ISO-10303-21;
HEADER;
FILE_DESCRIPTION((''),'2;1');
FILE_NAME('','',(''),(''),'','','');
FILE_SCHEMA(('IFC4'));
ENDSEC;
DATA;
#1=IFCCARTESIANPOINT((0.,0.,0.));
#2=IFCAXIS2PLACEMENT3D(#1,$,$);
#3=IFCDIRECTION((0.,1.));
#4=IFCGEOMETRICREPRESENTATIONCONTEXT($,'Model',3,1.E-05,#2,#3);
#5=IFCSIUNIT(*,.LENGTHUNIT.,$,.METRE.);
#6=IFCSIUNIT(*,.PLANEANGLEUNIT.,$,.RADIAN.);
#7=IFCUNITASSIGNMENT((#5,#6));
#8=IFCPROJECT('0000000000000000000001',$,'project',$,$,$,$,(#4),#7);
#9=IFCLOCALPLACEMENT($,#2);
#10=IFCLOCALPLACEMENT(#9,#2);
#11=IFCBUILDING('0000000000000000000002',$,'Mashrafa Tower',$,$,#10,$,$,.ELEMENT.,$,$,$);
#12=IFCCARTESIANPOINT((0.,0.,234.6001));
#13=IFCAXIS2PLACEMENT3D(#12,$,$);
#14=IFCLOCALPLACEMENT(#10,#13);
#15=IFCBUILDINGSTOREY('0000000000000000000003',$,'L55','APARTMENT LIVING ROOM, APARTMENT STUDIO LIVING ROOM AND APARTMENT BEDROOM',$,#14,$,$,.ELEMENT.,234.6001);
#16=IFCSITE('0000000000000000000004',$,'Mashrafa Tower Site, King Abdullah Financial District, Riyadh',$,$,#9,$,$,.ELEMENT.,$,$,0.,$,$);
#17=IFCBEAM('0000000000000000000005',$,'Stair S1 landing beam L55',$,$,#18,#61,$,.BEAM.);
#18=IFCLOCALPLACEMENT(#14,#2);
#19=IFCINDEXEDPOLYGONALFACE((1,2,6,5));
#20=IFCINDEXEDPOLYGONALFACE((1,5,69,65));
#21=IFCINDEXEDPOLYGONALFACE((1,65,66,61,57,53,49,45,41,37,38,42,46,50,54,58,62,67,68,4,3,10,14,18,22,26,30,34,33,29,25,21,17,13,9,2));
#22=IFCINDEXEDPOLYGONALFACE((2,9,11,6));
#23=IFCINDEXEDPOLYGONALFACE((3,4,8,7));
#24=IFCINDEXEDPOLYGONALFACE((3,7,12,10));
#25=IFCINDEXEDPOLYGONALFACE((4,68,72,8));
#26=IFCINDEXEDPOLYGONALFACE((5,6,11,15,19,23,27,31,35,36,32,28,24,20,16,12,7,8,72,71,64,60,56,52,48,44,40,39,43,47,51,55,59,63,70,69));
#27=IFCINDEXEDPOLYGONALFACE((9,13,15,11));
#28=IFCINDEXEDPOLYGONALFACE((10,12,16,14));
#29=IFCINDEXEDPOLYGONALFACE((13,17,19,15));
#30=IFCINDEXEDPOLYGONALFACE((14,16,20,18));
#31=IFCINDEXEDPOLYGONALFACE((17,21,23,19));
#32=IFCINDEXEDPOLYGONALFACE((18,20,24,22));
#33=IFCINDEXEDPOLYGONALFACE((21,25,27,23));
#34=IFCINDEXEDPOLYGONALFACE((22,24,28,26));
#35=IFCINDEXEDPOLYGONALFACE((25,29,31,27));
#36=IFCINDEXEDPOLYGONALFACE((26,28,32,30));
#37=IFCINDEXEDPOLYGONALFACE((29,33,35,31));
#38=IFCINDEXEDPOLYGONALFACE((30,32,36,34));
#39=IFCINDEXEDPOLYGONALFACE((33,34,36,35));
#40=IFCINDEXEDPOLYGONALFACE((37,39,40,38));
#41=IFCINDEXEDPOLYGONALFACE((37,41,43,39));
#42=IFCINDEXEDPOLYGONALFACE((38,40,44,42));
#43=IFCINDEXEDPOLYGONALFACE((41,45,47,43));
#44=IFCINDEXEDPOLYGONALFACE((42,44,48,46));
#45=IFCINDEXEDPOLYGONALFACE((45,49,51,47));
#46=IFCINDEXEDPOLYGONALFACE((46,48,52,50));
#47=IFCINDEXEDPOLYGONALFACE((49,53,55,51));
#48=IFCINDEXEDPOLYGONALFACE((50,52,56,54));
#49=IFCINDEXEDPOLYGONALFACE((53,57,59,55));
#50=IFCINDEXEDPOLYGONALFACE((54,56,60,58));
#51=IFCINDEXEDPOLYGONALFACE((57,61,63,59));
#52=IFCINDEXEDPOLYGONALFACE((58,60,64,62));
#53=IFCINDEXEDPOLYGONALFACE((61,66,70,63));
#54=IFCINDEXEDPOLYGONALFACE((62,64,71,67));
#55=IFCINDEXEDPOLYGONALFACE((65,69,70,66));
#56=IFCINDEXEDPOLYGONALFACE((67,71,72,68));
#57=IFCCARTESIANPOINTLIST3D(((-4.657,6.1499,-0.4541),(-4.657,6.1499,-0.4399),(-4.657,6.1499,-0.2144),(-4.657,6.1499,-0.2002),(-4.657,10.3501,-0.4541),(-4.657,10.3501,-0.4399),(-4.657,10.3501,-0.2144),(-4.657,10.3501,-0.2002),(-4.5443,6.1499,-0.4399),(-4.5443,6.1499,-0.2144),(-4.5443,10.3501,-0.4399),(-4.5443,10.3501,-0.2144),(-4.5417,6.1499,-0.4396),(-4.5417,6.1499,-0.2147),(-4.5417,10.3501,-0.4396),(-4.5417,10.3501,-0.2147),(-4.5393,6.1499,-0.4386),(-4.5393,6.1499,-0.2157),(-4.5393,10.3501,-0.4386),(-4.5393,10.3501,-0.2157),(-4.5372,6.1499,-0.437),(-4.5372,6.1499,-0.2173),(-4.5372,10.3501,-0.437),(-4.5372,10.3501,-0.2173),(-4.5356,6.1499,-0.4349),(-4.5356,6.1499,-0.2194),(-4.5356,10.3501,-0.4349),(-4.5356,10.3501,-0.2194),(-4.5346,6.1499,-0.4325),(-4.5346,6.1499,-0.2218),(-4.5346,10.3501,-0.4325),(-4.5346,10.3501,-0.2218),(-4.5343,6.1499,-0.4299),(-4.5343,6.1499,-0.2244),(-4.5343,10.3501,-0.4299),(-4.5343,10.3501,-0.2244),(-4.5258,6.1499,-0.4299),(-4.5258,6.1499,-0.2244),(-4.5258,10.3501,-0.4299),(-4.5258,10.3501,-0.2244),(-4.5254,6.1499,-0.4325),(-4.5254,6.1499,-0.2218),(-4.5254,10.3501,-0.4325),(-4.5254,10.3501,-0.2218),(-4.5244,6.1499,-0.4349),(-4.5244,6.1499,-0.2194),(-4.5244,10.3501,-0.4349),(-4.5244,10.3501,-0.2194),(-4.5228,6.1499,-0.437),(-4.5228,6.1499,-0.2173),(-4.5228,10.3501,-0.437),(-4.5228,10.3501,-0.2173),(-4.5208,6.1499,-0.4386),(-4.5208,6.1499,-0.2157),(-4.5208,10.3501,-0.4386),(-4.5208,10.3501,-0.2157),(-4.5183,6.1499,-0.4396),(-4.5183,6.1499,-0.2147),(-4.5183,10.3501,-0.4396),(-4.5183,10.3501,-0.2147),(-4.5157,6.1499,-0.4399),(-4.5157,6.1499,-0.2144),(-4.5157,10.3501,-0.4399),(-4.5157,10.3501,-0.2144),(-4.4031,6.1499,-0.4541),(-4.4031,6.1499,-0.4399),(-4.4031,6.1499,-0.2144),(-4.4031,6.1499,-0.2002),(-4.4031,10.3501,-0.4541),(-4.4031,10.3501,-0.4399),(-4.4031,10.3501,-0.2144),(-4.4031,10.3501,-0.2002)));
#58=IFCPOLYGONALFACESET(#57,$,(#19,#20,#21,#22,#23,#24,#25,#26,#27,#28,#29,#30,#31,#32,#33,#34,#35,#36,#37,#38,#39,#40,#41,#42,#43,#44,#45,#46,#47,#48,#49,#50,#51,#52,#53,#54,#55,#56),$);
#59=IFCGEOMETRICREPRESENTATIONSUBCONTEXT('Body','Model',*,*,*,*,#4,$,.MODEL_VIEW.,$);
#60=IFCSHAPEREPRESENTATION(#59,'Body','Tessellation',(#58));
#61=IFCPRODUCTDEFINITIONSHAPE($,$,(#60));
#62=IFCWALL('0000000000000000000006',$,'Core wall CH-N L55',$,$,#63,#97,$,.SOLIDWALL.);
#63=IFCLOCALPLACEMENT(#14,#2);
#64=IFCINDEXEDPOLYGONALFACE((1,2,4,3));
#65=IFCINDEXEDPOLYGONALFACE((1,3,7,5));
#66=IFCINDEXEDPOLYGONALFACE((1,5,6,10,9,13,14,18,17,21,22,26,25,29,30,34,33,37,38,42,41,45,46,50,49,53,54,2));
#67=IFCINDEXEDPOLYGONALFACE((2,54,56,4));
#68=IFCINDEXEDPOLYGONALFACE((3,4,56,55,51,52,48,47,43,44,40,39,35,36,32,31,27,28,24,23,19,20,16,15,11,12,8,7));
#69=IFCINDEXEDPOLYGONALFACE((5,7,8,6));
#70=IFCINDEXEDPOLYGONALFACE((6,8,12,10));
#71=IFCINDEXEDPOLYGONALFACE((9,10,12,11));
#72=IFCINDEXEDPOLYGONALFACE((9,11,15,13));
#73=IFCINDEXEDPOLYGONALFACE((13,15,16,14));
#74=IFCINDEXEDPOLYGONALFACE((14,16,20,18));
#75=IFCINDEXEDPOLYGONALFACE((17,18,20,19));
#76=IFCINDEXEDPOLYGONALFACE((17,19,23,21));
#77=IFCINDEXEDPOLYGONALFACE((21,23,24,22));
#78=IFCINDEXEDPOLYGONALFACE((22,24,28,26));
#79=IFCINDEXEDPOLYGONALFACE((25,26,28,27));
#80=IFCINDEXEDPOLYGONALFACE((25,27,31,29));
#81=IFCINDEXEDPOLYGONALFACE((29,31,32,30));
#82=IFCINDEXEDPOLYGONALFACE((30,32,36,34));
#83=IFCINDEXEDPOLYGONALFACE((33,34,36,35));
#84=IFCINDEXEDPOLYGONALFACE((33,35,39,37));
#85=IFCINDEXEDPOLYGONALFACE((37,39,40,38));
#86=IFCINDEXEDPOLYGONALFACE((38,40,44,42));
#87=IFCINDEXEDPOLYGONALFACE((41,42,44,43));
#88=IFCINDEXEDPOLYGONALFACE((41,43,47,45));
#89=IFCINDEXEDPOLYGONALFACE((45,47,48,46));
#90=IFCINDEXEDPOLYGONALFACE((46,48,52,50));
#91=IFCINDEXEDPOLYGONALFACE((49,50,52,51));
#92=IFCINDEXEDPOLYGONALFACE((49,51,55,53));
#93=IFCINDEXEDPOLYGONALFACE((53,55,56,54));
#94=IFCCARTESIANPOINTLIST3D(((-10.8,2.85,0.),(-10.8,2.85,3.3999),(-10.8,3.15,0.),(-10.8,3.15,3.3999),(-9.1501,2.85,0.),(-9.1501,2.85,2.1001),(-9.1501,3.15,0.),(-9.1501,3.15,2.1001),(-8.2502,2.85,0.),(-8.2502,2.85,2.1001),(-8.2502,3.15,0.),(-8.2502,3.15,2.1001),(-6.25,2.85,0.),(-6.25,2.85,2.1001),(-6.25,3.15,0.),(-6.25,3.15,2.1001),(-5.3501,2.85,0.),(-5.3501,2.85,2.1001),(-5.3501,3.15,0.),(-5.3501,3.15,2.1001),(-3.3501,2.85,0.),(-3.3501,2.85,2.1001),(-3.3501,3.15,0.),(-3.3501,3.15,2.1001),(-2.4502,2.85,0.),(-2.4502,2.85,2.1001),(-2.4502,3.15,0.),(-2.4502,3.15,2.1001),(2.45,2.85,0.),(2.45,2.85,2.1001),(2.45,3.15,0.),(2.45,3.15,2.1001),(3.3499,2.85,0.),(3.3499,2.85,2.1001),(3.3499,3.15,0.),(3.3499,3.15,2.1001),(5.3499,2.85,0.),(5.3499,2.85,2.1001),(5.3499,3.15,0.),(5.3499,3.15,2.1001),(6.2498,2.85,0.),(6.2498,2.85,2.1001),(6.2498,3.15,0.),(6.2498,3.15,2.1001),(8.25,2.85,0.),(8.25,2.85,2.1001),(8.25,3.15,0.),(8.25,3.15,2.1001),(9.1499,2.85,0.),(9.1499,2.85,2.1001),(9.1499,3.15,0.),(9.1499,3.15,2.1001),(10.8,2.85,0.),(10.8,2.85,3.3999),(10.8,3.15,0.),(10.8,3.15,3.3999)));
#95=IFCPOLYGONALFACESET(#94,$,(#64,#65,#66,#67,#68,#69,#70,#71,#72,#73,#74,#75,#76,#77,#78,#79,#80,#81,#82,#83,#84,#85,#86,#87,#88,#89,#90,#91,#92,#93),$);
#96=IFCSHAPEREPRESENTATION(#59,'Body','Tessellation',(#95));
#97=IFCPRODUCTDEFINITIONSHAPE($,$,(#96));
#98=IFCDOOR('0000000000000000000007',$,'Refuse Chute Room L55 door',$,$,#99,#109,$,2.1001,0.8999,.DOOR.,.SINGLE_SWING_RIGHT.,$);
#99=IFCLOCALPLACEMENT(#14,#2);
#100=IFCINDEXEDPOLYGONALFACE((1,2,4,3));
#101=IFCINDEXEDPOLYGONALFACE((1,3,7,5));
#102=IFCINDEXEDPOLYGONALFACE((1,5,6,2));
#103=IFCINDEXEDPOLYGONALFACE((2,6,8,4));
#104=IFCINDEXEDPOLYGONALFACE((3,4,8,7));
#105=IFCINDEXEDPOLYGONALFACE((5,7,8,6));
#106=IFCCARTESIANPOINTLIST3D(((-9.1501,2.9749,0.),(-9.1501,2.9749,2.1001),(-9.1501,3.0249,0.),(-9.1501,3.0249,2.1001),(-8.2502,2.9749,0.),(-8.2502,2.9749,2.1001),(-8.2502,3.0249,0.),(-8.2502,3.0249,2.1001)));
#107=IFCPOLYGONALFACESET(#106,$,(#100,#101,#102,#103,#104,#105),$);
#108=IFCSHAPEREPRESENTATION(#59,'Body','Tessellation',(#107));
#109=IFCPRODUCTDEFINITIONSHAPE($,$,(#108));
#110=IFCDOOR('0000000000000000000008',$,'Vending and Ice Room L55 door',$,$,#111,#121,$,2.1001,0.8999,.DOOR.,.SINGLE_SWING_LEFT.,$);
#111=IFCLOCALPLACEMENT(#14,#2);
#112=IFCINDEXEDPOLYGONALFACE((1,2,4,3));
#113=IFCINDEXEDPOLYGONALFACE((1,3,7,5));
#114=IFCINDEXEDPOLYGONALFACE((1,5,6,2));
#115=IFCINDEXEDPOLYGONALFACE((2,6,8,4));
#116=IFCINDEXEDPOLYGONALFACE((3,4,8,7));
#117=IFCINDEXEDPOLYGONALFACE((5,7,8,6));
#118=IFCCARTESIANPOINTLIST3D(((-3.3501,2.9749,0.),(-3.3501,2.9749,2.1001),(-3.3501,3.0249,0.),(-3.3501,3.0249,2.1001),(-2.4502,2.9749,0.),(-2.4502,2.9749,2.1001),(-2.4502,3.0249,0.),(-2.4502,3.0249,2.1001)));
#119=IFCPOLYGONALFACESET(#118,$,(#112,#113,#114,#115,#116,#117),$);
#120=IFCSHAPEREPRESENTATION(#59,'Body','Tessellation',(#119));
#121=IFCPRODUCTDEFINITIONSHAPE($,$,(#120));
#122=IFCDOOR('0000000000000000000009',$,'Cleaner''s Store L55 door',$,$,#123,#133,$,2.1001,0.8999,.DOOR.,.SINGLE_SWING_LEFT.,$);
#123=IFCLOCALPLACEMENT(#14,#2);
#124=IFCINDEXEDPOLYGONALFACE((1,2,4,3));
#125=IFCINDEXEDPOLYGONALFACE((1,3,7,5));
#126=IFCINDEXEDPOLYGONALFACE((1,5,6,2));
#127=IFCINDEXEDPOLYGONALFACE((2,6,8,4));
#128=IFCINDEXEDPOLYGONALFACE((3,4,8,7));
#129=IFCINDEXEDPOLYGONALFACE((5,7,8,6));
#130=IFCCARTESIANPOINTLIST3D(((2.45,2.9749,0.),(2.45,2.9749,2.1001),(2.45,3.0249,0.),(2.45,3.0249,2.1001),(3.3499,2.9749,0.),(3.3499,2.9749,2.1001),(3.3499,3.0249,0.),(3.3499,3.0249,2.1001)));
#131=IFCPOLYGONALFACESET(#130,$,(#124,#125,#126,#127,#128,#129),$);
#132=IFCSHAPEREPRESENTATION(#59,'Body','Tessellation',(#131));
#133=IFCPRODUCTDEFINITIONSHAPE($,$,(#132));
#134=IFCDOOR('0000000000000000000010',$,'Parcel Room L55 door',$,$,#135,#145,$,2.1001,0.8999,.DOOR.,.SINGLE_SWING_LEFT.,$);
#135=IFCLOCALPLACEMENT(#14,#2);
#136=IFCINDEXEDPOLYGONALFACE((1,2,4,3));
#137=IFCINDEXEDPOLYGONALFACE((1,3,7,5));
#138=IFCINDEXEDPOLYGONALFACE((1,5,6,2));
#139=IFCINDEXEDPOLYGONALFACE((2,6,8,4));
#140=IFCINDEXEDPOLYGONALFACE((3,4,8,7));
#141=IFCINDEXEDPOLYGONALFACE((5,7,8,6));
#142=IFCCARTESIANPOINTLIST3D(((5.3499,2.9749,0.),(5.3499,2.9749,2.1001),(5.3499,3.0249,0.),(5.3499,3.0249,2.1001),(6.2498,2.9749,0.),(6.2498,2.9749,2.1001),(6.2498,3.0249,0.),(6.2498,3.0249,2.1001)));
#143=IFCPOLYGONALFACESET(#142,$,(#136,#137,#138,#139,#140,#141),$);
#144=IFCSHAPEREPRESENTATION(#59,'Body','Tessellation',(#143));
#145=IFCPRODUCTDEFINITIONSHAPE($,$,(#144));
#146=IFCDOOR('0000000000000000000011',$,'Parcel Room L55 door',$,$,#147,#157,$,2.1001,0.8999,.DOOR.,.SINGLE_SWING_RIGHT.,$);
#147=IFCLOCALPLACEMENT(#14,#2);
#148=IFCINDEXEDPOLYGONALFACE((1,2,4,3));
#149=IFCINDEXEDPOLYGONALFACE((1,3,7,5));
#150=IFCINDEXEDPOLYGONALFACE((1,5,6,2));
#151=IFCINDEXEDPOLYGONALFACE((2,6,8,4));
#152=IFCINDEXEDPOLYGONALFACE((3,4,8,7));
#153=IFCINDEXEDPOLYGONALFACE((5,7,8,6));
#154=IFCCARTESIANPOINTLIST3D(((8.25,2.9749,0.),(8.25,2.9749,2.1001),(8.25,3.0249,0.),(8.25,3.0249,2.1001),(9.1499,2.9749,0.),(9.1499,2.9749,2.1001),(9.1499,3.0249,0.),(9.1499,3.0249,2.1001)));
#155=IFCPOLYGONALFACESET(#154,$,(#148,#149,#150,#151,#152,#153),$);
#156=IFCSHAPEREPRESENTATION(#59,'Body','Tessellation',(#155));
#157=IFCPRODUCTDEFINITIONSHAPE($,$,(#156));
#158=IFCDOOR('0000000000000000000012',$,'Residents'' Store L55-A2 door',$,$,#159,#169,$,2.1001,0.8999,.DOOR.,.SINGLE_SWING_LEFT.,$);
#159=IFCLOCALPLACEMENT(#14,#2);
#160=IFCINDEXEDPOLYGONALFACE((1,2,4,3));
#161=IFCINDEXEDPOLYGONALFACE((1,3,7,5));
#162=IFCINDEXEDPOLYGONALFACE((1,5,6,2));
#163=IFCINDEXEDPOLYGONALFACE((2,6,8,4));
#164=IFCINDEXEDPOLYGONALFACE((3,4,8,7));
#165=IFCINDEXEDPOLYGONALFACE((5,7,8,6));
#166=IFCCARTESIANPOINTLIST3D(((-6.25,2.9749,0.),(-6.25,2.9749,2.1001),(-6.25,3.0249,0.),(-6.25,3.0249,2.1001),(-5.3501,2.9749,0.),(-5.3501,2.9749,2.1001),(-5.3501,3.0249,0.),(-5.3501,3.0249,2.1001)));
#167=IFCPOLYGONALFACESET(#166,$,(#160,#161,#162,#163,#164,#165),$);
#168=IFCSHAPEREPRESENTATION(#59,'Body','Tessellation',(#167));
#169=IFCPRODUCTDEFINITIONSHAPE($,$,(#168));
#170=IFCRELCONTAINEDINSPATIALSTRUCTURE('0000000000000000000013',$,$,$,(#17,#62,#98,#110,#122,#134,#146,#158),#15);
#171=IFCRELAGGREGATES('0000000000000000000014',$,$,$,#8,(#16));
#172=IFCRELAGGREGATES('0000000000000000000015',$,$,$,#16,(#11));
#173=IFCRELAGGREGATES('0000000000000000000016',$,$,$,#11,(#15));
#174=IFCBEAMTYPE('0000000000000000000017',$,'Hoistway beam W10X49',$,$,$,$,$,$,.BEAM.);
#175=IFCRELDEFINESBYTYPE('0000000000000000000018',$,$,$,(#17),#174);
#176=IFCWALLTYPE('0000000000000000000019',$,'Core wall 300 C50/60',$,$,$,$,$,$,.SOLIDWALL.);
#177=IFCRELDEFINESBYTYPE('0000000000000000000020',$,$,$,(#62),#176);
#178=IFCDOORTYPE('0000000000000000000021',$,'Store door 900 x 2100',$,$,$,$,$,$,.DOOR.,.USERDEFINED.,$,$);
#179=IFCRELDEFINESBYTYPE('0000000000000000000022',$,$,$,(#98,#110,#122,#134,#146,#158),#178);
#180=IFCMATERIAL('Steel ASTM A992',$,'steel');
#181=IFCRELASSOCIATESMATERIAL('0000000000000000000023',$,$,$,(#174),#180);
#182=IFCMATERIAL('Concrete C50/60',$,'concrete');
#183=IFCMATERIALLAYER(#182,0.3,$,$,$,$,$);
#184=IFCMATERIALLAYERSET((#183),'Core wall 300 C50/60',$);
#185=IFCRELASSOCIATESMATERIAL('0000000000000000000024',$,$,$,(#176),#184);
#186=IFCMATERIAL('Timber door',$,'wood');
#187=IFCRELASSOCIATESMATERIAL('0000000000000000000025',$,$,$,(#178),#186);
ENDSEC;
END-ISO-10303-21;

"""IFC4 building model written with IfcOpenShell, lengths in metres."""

from ifc_helpers import new_model, si_unit, direction, frame, frame_2d, origin, origin_2d, place, context, subcontext, project, spatial, rectangle, i_section, extrude, material, layer, layer_set, material_profile, profile_set, type_object, element, fill, save


model = new_model("IFC4")

# Units and contexts
model_context = context("Model", 3, precision=1e-05, world=origin(), true_north=direction((0.0, 1.0)))
body_context = subcontext(model_context, "Body", "Model", "MODEL_VIEW")
ifc_project = project(units=[si_unit("LENGTHUNIT", "METRE"), si_unit("PLANEANGLEUNIT", "RADIAN")], contexts=[model_context])

# Site, building, storey
site_placement = place(None, origin())
site = spatial("IfcSite", under=ifc_project, at=site_placement, Name="Mashrafa Tower Site, King Abdullah Financial District, Riyadh", CompositionType="ELEMENT", RefElevation=0.0)
building_placement = place(site_placement, origin())
building = spatial("IfcBuilding", under=site, at=building_placement, Name="Mashrafa Tower", CompositionType="ELEMENT")
storey_placement = place(building_placement, frame((0.0, 0.0, 234.6001)))
storey = spatial("IfcBuildingStorey", under=building, at=storey_placement, Name="L55", Description="APARTMENT LIVING ROOM, APARTMENT STUDIO LIVING ROOM AND APARTMENT BEDROOM", CompositionType="ELEMENT", Elevation=234.6001)

# Beam
ifc_material_1 = material(Name="Steel ASTM A992", Category="steel")
ifc_material_profile_1 = material_profile(ifc_material_1, i_section(OverallWidth=0.2539, OverallDepth=0.2539, WebThickness=0.0085, FlangeThickness=0.0142, FilletRadius=0.01, at=origin_2d()), Name="W10X49")
ifc_profile_set_1 = profile_set([ifc_material_profile_1], Name="Steel ASTM A992")
beam_type_1 = type_object("IfcBeamType", Name="Hoistway beam W10X49", PredefinedType="BEAM", material=ifc_profile_set_1)
beam_1_placement = place(storey_placement, frame((-4.53, 6.1499, -0.3271), z_axis=(0.0, 1.0, 0.0), x_axis=(-1.0, 0.0, 0.0)))
element("IfcBeam", 1, at=beam_1_placement, inside=storey, type_object=beam_type_1, Name="Stair S1 landing beam L55", PredefinedType="BEAM", context=body_context, shape_type="SweptSolid", body=[
    extrude(i_section(OverallWidth=0.2539, OverallDepth=0.2539, WebThickness=0.0085, FlangeThickness=0.0142, FilletRadius=0.01, at=origin_2d()), origin(), (0.0, 0.0, 1.0), 4.2002),
])

# Wall, openings, doors
ifc_material_2 = material(Name="Concrete C50/60", Category="concrete")
ifc_layer_1 = layer(ifc_material_2, 0.3)
ifc_layer_set_1 = layer_set([ifc_layer_1], Name="Core wall 300 C50/60")
wall_type_1 = type_object("IfcWallType", Name="Core wall 300 C50/60", PredefinedType="SOLIDWALL", material=ifc_layer_set_1)
wall_1_placement = place(storey_placement, frame((-10.8, 3.0, 0.0), z_axis=(0.0, 0.0, 1.0), x_axis=(1.0, 0.0, 0.0)))
wall_1 = element("IfcWall", 2, at=wall_1_placement, inside=storey, type_object=wall_type_1, Name="Core wall CH-N L55", PredefinedType="SOLIDWALL", context=body_context, shape_type="SweptSolid", body=[
    extrude(rectangle(XDim=21.6001, YDim=0.3, at=frame_2d((10.8, 0.0))), origin(), (0.0, 0.0, 1.0), 3.3999),
])
opening_1_placement = place(wall_1_placement, frame((1.6499, 0.0, 0.0)))
opening_1 = element("IfcOpeningElement", 3, at=opening_1_placement, cuts=wall_1, PredefinedType="OPENING", context=body_context, shape_type="SweptSolid", body=[
    extrude(rectangle(XDim=0.8999, YDim=2.1001, at=frame_2d((0.45, 1.05))), frame((0.0, 0.1599, 0.0), z_axis=(0.0, -1.0, 0.0), x_axis=(1.0, 0.0, 0.0)), (0.0, 0.0, 1.0), 0.3201),
])
opening_2_placement = place(wall_1_placement, frame((7.45, 0.0, 0.0)))
opening_2 = element("IfcOpeningElement", 4, at=opening_2_placement, cuts=wall_1, PredefinedType="OPENING", context=body_context, shape_type="SweptSolid", body=[
    extrude(rectangle(XDim=0.8999, YDim=2.1001, at=frame_2d((0.45, 1.05))), frame((0.0, 0.1599, 0.0), z_axis=(0.0, -1.0, 0.0), x_axis=(1.0, 0.0, 0.0)), (0.0, 0.0, 1.0), 0.3201),
])
opening_3_placement = place(wall_1_placement, frame((13.25, 0.0, 0.0)))
opening_3 = element("IfcOpeningElement", 5, at=opening_3_placement, cuts=wall_1, PredefinedType="OPENING", context=body_context, shape_type="SweptSolid", body=[
    extrude(rectangle(XDim=0.8999, YDim=2.1001, at=frame_2d((0.45, 1.05))), frame((0.0, 0.1599, 0.0), z_axis=(0.0, -1.0, 0.0), x_axis=(1.0, 0.0, 0.0)), (0.0, 0.0, 1.0), 0.3201),
])
opening_4_placement = place(wall_1_placement, frame((16.1499, 0.0, 0.0)))
opening_4 = element("IfcOpeningElement", 6, at=opening_4_placement, cuts=wall_1, PredefinedType="OPENING", context=body_context, shape_type="SweptSolid", body=[
    extrude(rectangle(XDim=0.8999, YDim=2.1001, at=frame_2d((0.45, 1.05))), frame((0.0, 0.1599, 0.0), z_axis=(0.0, -1.0, 0.0), x_axis=(1.0, 0.0, 0.0)), (0.0, 0.0, 1.0), 0.3201),
])
opening_5_placement = place(wall_1_placement, frame((19.05, 0.0, 0.0)))
opening_5 = element("IfcOpeningElement", 7, at=opening_5_placement, cuts=wall_1, PredefinedType="OPENING", context=body_context, shape_type="SweptSolid", body=[
    extrude(rectangle(XDim=0.8999, YDim=2.1001, at=frame_2d((0.45, 1.05))), frame((0.0, 0.1599, 0.0), z_axis=(0.0, -1.0, 0.0), x_axis=(1.0, 0.0, 0.0)), (0.0, 0.0, 1.0), 0.3201),
])
opening_6_placement = place(wall_1_placement, frame((4.55, 0.0, 0.0)))
opening_6 = element("IfcOpeningElement", 8, at=opening_6_placement, cuts=wall_1, PredefinedType="OPENING", context=body_context, shape_type="SweptSolid", body=[
    extrude(rectangle(XDim=0.8999, YDim=2.1001, at=frame_2d((0.45, 1.05))), frame((0.0, 0.1599, 0.0), z_axis=(0.0, -1.0, 0.0), x_axis=(1.0, 0.0, 0.0)), (0.0, 0.0, 1.0), 0.3201),
])
ifc_material_3 = material(Name="Timber door", Category="wood")
door_type_1 = type_object("IfcDoorType", Name="Store door 900 x 2100", OperationType="USERDEFINED", PredefinedType="DOOR", material=ifc_material_3)
door_1_placement = place(opening_1_placement, origin())
door_1 = element("IfcDoor", 9, at=door_1_placement, inside=storey, type_object=door_type_1, Name="Refuse Chute Room L55 door", OperationType="SINGLE_SWING_RIGHT", OverallHeight=2.1001, OverallWidth=0.8999, PredefinedType="DOOR", context=body_context, shape_type="SweptSolid", body=[
    extrude(rectangle(XDim=0.8999, YDim=2.1001, at=frame_2d((0.45, 1.05))), frame((0.0, 0.0249, 0.0), z_axis=(0.0, -1.0, 0.0), x_axis=(1.0, 0.0, 0.0)), (0.0, 0.0, 1.0), 0.05),
])
fill(opening_1, door_1)
door_2_placement = place(opening_2_placement, origin())
door_2 = element("IfcDoor", 10, at=door_2_placement, inside=storey, type_object=door_type_1, Name="Vending and Ice Room L55 door", OperationType="SINGLE_SWING_LEFT", OverallHeight=2.1001, OverallWidth=0.8999, PredefinedType="DOOR", context=body_context, shape_type="SweptSolid", body=[
    extrude(rectangle(XDim=0.8999, YDim=2.1001, at=frame_2d((0.45, 1.05))), frame((0.0, 0.0249, 0.0), z_axis=(0.0, -1.0, 0.0), x_axis=(1.0, 0.0, 0.0)), (0.0, 0.0, 1.0), 0.05),
])
fill(opening_2, door_2)
door_3_placement = place(opening_3_placement, origin())
door_3 = element("IfcDoor", 11, at=door_3_placement, inside=storey, type_object=door_type_1, Name="Cleaner's Store L55 door", OperationType="SINGLE_SWING_LEFT", OverallHeight=2.1001, OverallWidth=0.8999, PredefinedType="DOOR", context=body_context, shape_type="SweptSolid", body=[
    extrude(rectangle(XDim=0.8999, YDim=2.1001, at=frame_2d((0.45, 1.05))), frame((0.0, 0.0249, 0.0), z_axis=(0.0, -1.0, 0.0), x_axis=(1.0, 0.0, 0.0)), (0.0, 0.0, 1.0), 0.05),
])
fill(opening_3, door_3)
door_4_placement = place(opening_4_placement, origin())
door_4 = element("IfcDoor", 12, at=door_4_placement, inside=storey, type_object=door_type_1, Name="Parcel Room L55 door", OperationType="SINGLE_SWING_LEFT", OverallHeight=2.1001, OverallWidth=0.8999, PredefinedType="DOOR", context=body_context, shape_type="SweptSolid", body=[
    extrude(rectangle(XDim=0.8999, YDim=2.1001, at=frame_2d((0.45, 1.05))), frame((0.0, 0.0249, 0.0), z_axis=(0.0, -1.0, 0.0), x_axis=(1.0, 0.0, 0.0)), (0.0, 0.0, 1.0), 0.05),
])
fill(opening_4, door_4)
door_5_placement = place(opening_5_placement, origin())
door_5 = element("IfcDoor", 13, at=door_5_placement, inside=storey, type_object=door_type_1, Name="Parcel Room L55 door", OperationType="SINGLE_SWING_RIGHT", OverallHeight=2.1001, OverallWidth=0.8999, PredefinedType="DOOR", context=body_context, shape_type="SweptSolid", body=[
    extrude(rectangle(XDim=0.8999, YDim=2.1001, at=frame_2d((0.45, 1.05))), frame((0.0, 0.0249, 0.0), z_axis=(0.0, -1.0, 0.0), x_axis=(1.0, 0.0, 0.0)), (0.0, 0.0, 1.0), 0.05),
])
fill(opening_5, door_5)
door_6_placement = place(opening_6_placement, origin())
door_6 = element("IfcDoor", 14, at=door_6_placement, inside=storey, type_object=door_type_1, Name="Residents' Store L55-A2 door", OperationType="SINGLE_SWING_LEFT", OverallHeight=2.1001, OverallWidth=0.8999, PredefinedType="DOOR", context=body_context, shape_type="SweptSolid", body=[
    extrude(rectangle(XDim=0.8999, YDim=2.1001, at=frame_2d((0.45, 1.05))), frame((0.0, 0.0249, 0.0), z_axis=(0.0, -1.0, 0.0), x_axis=(1.0, 0.0, 0.0)), (0.0, 0.0, 1.0), 0.05),
])
fill(opening_6, door_6)

save(model, "model.ifc")
